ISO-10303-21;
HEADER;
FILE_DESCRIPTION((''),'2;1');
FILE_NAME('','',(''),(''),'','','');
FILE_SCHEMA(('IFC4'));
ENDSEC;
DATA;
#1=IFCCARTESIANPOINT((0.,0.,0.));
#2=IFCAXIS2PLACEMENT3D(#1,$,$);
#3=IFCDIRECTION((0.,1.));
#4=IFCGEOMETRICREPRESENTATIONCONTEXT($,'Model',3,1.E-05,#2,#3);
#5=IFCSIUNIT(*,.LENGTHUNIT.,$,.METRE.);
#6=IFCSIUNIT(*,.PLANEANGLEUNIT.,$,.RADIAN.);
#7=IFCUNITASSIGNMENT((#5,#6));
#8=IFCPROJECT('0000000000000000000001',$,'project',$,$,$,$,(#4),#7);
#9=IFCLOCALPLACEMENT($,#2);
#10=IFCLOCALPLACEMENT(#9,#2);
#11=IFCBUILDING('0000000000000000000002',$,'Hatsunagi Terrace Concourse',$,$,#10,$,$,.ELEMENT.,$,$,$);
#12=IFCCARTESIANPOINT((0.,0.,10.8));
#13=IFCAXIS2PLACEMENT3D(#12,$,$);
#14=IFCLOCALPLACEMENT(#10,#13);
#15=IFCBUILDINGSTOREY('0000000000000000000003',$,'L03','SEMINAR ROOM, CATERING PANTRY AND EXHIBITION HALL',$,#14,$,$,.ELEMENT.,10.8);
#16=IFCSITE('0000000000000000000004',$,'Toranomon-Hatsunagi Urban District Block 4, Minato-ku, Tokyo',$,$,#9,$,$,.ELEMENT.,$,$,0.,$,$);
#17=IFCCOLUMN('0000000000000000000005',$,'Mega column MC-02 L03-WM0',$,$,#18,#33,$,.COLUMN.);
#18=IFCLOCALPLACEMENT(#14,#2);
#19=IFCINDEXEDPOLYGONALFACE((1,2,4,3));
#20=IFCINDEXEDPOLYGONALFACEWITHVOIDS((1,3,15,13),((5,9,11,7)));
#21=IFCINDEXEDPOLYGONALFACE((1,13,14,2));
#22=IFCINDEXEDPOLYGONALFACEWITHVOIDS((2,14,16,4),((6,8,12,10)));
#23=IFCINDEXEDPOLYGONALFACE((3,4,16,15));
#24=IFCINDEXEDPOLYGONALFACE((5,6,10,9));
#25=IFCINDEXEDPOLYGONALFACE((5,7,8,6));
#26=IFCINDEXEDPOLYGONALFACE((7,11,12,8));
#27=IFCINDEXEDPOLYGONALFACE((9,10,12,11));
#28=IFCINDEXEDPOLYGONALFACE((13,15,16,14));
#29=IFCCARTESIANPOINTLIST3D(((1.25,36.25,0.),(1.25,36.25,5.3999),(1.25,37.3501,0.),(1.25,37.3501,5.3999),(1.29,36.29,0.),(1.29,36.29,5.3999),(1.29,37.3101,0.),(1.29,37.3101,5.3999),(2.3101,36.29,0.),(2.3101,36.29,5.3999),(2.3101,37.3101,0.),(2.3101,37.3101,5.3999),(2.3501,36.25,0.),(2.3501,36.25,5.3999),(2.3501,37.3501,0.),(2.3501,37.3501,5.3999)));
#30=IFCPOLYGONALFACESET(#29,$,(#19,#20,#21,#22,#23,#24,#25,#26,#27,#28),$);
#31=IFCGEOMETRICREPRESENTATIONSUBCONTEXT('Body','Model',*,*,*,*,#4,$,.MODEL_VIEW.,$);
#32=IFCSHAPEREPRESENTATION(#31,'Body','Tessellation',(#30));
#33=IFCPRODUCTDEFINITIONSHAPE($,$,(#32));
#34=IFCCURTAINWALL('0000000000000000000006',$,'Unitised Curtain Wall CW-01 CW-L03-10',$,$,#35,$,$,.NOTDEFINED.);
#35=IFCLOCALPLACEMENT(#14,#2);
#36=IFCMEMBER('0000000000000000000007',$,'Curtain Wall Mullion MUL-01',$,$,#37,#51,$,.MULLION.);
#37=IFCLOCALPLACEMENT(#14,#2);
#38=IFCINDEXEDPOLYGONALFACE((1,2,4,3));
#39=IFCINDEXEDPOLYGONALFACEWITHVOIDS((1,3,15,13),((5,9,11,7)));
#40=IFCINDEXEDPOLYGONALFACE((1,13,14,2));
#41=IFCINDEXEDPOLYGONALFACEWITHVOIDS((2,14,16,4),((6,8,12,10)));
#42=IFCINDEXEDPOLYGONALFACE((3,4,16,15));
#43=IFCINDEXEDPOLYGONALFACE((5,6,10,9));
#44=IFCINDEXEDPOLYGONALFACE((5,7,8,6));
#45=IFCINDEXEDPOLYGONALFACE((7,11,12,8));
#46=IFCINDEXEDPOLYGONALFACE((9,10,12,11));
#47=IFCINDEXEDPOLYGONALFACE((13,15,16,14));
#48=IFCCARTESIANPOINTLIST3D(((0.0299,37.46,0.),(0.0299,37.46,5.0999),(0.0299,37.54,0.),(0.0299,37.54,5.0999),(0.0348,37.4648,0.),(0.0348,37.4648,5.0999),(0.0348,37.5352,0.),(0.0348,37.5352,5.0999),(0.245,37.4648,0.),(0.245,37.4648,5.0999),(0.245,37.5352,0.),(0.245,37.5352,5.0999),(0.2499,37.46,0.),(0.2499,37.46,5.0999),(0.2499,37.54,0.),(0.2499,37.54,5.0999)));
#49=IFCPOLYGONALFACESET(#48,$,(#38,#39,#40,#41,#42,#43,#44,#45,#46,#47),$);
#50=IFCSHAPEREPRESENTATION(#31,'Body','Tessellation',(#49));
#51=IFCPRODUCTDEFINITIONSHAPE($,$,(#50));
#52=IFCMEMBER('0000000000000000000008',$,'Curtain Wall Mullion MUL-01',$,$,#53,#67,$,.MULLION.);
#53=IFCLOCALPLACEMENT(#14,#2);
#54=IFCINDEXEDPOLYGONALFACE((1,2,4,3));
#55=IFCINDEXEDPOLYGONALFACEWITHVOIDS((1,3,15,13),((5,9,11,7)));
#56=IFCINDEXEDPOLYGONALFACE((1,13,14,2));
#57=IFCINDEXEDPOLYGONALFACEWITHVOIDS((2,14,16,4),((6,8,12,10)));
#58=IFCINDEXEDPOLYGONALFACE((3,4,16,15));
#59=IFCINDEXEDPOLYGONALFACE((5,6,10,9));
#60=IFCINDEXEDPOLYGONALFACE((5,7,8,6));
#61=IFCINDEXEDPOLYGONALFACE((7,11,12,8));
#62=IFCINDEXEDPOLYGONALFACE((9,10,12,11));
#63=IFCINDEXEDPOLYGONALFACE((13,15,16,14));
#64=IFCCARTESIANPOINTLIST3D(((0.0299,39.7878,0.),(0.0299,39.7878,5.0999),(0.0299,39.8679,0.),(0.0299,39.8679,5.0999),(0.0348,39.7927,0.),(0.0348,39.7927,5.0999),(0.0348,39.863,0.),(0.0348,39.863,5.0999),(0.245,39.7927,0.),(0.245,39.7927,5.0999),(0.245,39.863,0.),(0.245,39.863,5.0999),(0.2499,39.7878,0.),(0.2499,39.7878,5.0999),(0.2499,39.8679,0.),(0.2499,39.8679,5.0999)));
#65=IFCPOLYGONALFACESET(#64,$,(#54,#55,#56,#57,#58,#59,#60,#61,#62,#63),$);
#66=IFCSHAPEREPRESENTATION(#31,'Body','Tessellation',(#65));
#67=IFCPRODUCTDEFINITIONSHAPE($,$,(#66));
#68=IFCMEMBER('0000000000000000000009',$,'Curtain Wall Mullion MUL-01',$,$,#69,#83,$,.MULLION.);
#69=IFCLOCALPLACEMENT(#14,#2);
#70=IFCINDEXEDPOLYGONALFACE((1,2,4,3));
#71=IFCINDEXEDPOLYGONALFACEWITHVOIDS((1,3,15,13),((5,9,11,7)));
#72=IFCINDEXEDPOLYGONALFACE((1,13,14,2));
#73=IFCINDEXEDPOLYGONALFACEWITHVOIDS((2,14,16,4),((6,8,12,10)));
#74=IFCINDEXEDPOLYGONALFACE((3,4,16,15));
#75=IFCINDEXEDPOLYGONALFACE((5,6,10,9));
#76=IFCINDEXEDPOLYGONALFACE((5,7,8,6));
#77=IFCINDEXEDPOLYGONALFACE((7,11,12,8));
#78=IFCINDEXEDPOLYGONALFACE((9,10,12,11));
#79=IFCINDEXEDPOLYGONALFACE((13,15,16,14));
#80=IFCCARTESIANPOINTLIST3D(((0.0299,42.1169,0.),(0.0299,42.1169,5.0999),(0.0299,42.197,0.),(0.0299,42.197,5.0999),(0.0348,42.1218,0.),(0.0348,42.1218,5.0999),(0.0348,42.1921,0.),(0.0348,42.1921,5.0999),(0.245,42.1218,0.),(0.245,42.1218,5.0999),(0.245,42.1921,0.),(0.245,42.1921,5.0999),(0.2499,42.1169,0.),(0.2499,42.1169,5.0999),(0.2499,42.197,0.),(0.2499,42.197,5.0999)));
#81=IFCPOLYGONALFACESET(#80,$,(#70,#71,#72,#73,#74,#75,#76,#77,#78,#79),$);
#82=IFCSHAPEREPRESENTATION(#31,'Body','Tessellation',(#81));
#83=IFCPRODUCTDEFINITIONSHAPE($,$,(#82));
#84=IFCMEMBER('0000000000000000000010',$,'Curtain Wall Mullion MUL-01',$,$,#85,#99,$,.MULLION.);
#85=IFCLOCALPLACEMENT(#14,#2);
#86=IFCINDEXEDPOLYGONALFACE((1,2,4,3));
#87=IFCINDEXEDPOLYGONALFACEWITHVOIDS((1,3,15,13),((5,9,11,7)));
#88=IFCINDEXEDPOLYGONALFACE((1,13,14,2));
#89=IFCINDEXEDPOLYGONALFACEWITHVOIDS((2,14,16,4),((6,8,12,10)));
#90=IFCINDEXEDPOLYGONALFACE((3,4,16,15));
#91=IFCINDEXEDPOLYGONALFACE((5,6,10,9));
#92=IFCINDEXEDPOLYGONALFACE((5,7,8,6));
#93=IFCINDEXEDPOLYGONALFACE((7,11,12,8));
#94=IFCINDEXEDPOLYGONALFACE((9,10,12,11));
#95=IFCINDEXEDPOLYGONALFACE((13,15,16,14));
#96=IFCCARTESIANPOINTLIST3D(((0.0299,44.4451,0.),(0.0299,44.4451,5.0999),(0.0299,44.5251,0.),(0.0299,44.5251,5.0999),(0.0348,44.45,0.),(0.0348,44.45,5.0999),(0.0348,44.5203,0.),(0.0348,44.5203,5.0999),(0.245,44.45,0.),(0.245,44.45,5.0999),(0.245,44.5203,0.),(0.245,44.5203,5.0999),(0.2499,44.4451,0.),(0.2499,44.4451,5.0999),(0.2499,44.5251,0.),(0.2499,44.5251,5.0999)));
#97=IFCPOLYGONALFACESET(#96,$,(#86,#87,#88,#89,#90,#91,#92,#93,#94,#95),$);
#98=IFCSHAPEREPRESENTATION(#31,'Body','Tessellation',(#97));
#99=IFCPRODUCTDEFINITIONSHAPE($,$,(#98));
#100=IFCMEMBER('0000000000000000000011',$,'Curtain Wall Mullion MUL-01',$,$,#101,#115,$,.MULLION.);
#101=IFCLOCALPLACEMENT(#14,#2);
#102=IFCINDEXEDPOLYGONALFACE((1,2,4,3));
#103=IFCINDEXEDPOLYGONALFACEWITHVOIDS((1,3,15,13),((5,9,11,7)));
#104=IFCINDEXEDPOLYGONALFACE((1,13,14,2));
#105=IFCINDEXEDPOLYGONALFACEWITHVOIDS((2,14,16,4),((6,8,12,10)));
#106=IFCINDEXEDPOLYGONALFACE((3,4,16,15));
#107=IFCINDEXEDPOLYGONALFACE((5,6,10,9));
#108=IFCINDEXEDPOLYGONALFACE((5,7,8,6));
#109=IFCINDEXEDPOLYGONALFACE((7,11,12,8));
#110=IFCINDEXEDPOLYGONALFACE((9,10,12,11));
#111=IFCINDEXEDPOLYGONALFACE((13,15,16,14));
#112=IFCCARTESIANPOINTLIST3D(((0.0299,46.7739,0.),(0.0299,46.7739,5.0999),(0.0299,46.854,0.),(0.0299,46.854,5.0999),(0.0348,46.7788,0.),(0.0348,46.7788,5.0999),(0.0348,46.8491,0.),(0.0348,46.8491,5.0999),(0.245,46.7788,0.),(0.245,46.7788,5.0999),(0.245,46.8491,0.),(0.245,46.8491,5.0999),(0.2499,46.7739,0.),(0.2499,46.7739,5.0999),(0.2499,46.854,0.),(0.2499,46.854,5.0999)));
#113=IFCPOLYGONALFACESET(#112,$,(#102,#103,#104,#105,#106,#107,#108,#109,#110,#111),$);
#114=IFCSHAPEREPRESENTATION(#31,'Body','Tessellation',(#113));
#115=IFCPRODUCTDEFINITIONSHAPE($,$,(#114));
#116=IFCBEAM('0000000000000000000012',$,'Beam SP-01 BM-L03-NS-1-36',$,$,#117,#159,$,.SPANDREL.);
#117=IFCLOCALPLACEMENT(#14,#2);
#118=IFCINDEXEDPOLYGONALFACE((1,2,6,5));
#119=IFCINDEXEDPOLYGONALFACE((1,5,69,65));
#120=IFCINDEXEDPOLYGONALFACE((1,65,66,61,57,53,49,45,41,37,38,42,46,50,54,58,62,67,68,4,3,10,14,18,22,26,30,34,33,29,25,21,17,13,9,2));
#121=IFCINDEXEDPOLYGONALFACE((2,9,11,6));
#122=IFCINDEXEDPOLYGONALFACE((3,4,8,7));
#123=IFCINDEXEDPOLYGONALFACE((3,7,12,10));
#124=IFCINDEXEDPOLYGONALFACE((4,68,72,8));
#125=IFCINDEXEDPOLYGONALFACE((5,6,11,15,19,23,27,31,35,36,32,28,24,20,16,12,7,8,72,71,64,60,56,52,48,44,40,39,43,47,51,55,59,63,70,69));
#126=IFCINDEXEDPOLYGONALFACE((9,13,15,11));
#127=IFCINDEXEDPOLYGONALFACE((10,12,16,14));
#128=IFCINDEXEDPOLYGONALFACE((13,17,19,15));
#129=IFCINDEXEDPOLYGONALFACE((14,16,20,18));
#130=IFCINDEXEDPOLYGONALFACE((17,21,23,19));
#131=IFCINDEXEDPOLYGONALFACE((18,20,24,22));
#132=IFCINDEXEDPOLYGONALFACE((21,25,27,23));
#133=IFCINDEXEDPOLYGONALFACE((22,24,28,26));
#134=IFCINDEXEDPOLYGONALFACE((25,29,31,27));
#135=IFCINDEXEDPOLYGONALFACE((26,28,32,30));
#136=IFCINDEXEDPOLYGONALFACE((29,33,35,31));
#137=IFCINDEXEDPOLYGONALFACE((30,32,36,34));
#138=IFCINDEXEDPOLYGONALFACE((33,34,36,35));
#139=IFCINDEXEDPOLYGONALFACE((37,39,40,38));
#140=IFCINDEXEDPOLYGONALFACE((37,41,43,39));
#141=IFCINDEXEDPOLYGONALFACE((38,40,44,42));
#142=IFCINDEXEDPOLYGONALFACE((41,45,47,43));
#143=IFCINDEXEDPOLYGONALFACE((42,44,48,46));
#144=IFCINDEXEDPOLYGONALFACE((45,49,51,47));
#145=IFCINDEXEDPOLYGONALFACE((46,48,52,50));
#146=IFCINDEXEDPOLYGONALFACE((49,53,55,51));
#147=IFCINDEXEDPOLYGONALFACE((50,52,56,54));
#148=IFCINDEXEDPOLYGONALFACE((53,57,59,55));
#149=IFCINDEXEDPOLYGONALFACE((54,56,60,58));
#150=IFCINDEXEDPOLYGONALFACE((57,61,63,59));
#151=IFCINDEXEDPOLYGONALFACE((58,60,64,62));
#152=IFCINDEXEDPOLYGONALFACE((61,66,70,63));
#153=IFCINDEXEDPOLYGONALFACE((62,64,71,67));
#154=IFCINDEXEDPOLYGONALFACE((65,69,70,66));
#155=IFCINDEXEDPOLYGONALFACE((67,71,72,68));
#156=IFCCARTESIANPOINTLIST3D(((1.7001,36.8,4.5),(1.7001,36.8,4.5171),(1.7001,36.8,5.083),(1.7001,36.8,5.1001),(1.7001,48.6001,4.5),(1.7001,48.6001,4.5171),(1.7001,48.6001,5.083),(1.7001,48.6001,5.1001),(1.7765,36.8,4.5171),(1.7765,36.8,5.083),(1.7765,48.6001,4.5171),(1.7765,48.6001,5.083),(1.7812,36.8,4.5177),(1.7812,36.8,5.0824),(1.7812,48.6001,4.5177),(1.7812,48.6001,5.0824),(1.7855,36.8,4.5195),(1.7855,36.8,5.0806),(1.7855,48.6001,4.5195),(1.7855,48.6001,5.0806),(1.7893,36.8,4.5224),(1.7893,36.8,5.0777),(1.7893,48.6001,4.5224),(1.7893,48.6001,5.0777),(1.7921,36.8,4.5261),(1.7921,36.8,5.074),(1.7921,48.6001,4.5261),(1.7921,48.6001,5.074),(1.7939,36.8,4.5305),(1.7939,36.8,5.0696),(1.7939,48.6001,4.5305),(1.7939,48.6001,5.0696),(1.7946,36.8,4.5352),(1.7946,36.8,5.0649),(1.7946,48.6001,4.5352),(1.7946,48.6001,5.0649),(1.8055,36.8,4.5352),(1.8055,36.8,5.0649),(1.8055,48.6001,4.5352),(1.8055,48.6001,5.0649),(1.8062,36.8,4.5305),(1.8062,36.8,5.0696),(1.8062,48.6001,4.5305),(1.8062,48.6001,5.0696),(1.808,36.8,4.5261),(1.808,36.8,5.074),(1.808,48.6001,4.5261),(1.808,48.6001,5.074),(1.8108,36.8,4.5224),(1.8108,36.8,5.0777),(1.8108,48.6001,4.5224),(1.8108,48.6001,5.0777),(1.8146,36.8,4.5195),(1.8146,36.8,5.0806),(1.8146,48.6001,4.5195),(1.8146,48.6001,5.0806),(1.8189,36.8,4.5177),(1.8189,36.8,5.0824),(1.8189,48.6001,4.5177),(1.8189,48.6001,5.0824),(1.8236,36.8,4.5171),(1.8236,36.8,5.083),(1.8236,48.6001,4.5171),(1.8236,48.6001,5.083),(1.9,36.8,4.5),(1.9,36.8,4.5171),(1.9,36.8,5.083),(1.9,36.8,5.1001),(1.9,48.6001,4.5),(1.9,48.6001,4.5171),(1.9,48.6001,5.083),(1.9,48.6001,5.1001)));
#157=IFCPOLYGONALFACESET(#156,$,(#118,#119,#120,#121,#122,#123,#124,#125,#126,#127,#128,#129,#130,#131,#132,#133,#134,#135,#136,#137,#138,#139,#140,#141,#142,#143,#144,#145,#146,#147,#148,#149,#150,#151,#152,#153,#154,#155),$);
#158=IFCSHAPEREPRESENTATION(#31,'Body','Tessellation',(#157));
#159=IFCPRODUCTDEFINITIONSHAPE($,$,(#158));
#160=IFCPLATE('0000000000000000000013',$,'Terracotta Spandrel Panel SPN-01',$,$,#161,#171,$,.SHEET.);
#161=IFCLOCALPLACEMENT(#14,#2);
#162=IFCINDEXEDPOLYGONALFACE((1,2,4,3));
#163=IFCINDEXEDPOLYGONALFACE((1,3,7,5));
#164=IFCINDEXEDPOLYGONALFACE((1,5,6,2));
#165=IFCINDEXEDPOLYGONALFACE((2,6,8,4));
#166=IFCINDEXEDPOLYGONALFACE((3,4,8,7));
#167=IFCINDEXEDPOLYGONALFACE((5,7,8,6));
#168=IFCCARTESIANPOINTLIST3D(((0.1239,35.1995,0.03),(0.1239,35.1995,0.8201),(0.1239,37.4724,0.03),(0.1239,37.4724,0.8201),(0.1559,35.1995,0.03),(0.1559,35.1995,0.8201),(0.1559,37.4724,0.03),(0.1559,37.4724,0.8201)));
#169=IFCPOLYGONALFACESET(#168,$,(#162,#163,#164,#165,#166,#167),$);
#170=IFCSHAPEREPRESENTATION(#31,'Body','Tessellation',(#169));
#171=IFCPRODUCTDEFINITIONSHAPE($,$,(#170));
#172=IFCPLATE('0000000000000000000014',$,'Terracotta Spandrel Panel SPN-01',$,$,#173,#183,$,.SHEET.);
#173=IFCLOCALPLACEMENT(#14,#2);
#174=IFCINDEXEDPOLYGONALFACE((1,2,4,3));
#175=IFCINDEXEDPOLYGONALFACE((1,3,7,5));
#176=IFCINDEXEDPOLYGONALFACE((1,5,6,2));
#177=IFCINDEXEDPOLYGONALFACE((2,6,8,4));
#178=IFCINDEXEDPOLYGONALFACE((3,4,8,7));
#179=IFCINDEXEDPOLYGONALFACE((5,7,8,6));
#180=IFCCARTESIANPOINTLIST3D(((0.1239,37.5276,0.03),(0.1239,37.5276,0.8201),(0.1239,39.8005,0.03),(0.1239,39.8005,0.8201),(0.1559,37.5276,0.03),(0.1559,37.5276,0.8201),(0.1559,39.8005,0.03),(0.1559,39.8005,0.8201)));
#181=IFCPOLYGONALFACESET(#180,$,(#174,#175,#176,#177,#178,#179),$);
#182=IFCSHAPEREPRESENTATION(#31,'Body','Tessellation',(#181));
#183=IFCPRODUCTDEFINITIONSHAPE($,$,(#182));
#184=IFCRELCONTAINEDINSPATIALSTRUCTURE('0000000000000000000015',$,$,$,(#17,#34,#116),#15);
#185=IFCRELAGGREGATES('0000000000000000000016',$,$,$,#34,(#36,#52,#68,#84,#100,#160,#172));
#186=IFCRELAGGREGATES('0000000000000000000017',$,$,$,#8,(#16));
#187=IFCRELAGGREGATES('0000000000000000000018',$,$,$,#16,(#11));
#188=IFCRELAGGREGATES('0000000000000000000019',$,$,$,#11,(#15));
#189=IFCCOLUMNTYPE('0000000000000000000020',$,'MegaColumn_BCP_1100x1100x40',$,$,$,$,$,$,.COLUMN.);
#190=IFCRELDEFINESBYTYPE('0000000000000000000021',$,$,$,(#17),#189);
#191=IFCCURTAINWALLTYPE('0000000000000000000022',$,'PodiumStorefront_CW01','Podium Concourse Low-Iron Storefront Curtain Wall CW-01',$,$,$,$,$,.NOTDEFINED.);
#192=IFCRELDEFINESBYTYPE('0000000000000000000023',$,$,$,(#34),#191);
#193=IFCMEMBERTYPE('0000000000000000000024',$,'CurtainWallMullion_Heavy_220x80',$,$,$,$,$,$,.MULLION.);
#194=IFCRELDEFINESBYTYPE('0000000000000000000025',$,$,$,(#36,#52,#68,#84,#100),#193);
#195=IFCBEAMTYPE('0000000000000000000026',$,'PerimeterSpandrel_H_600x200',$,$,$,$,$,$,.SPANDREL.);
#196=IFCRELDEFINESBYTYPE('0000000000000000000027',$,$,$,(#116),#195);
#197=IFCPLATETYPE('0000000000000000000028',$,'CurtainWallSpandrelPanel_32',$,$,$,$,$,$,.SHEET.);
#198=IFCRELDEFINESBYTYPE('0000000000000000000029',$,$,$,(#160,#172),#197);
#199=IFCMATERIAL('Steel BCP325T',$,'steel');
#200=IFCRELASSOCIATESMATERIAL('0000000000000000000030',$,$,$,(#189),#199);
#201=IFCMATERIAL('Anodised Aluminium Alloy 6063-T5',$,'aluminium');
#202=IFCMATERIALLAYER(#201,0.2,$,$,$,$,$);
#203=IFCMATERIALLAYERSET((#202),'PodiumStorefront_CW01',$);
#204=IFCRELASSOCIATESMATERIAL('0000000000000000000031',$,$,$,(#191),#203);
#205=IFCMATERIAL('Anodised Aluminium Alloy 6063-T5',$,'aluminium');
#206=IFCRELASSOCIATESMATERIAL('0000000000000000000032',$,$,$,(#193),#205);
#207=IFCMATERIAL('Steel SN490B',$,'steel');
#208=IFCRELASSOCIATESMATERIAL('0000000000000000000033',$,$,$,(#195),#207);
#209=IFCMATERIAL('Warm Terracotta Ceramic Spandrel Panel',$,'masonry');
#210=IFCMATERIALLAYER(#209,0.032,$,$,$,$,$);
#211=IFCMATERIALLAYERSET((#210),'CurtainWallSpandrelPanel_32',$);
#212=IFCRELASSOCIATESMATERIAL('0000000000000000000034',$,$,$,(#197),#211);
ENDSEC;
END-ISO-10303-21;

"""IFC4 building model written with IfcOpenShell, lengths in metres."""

from ifc_helpers import new_model, si_unit, direction, frame, origin, origin_2d, place, context, subcontext, project, spatial, rectangle, hollow_rectangle, i_section, extrude, material, layer, layer_set, material_profile, profile_set, type_object, element, aggregate, save


model = new_model("IFC4")

# Units and contexts
model_context = context("Model", 3, precision=1e-05, world=origin(), true_north=direction((0.0, 1.0)))
body_context = subcontext(model_context, "Body", "Model", "MODEL_VIEW")
ifc_project = project(units=[si_unit("LENGTHUNIT", "METRE"), si_unit("PLANEANGLEUNIT", "RADIAN")], contexts=[model_context])

# Site, building, storey
site_placement = place(None, origin())
site = spatial("IfcSite", under=ifc_project, at=site_placement, Name="Toranomon-Hatsunagi Urban District Block 4, Minato-ku, Tokyo", CompositionType="ELEMENT", RefElevation=0.0)
building_placement = place(site_placement, origin())
building = spatial("IfcBuilding", under=site, at=building_placement, Name="Hatsunagi Terrace Concourse", CompositionType="ELEMENT")
storey_placement = place(building_placement, frame((0.0, 0.0, 10.8)))
storey = spatial("IfcBuildingStorey", under=building, at=storey_placement, Name="L03", Description="SEMINAR ROOM, CATERING PANTRY AND EXHIBITION HALL", CompositionType="ELEMENT", Elevation=10.8)

# Column
ifc_material_1 = material(Name="Steel BCP325T", Category="steel")
ifc_material_profile_1 = material_profile(ifc_material_1, hollow_rectangle(XDim=1.1001, YDim=1.1001, WallThickness=0.04, at=origin_2d()), Name="BCP-1100x1100x40")
ifc_profile_set_1 = profile_set([ifc_material_profile_1], Name="Steel BCP325T")
column_type = type_object("IfcColumnType", Name="MegaColumn_BCP_1100x1100x40", PredefinedType="COLUMN", material=ifc_profile_set_1)
column_placement = place(storey_placement, frame((1.8, 36.8, 0.0), z_axis=(0.0, 0.0, 1.0), x_axis=(1.0, 0.0, 0.0)))
element("IfcColumn", 1, at=column_placement, inside=storey, type_object=column_type, Name="Mega column MC-02 L03-WM0", PredefinedType="COLUMN", context=body_context, shape_type="SweptSolid", body=[
    extrude(hollow_rectangle(XDim=1.1001, YDim=1.1001, WallThickness=0.04, at=origin_2d()), origin(), (0.0, 0.0, 1.0), 5.3999),
])

# Curtain wall, members
ifc_material_2 = material(Name="Anodised Aluminium Alloy 6063-T5", Category="aluminium")
ifc_layer_1 = layer(ifc_material_2, 0.2)
ifc_layer_set_1 = layer_set([ifc_layer_1], Name="PodiumStorefront_CW01")
curtain_wall_type = type_object("IfcCurtainWallType", Name="PodiumStorefront_CW01", Description="Podium Concourse Low-Iron Storefront Curtain Wall CW-01", PredefinedType="NOTDEFINED", material=ifc_layer_set_1)
curtain_wall_placement = place(storey_placement, origin())
curtain_wall = element("IfcCurtainWall", 2, at=curtain_wall_placement, inside=storey, type_object=curtain_wall_type, Name="Unitised Curtain Wall CW-01 CW-L03-10", PredefinedType="NOTDEFINED")
ifc_material_3 = material(Name="Anodised Aluminium Alloy 6063-T5", Category="aluminium")
ifc_material_profile_2 = material_profile(ifc_material_3, hollow_rectangle(XDim=0.0801, YDim=0.22, WallThickness=0.0049, at=origin_2d()), Name="ALU-MUL-220x80x5")
ifc_profile_set_2 = profile_set([ifc_material_profile_2], Name="Anodised Aluminium Alloy 6063-T5")
member_type = type_object("IfcMemberType", Name="CurtainWallMullion_Heavy_220x80", PredefinedType="MULLION", material=ifc_profile_set_2)
member_1_placement = place(storey_placement, frame((0.1399, 37.5, 0.0), z_axis=(0.0, 0.0, 1.0), x_axis=(0.0, 1.0, 0.0)))
member_1 = element("IfcMember", 3, at=member_1_placement, type_object=member_type, Name="Curtain Wall Mullion MUL-01", PredefinedType="MULLION", context=body_context, shape_type="SweptSolid", body=[
    extrude(hollow_rectangle(XDim=0.0801, YDim=0.22, WallThickness=0.0049, at=origin_2d()), origin(), (0.0, 0.0, 1.0), 5.0999),
])
member_2_placement = place(storey_placement, frame((0.1399, 39.8279, 0.0), z_axis=(0.0, 0.0, 1.0), x_axis=(0.0, 1.0, 0.0)))
member_2 = element("IfcMember", 4, at=member_2_placement, type_object=member_type, Name="Curtain Wall Mullion MUL-01", PredefinedType="MULLION", context=body_context, shape_type="SweptSolid", body=[
    extrude(hollow_rectangle(XDim=0.0801, YDim=0.22, WallThickness=0.0049, at=origin_2d()), origin(), (0.0, 0.0, 1.0), 5.0999),
])
member_3_placement = place(storey_placement, frame((0.1399, 42.157, 0.0), z_axis=(0.0, 0.0, 1.0), x_axis=(0.0, 1.0, 0.0)))
member_3 = element("IfcMember", 5, at=member_3_placement, type_object=member_type, Name="Curtain Wall Mullion MUL-01", PredefinedType="MULLION", context=body_context, shape_type="SweptSolid", body=[
    extrude(hollow_rectangle(XDim=0.0801, YDim=0.22, WallThickness=0.0049, at=origin_2d()), origin(), (0.0, 0.0, 1.0), 5.0999),
])
member_4_placement = place(storey_placement, frame((0.1399, 44.4851, 0.0), z_axis=(0.0, 0.0, 1.0), x_axis=(0.0, 1.0, 0.0)))
member_4 = element("IfcMember", 6, at=member_4_placement, type_object=member_type, Name="Curtain Wall Mullion MUL-01", PredefinedType="MULLION", context=body_context, shape_type="SweptSolid", body=[
    extrude(hollow_rectangle(XDim=0.0801, YDim=0.22, WallThickness=0.0049, at=origin_2d()), origin(), (0.0, 0.0, 1.0), 5.0999),
])
member_5_placement = place(storey_placement, frame((0.1399, 46.814, 0.0), z_axis=(0.0, 0.0, 1.0), x_axis=(0.0, 1.0, 0.0)))
member_5 = element("IfcMember", 7, at=member_5_placement, type_object=member_type, Name="Curtain Wall Mullion MUL-01", PredefinedType="MULLION", context=body_context, shape_type="SweptSolid", body=[
    extrude(hollow_rectangle(XDim=0.0801, YDim=0.22, WallThickness=0.0049, at=origin_2d()), origin(), (0.0, 0.0, 1.0), 5.0999),
])

# Beam
ifc_material_4 = material(Name="Steel SN490B", Category="steel")
ifc_material_profile_3 = material_profile(ifc_material_4, i_section(OverallWidth=0.2, OverallDepth=0.6001, WebThickness=0.011, FlangeThickness=0.0171, FilletRadius=0.0181, at=origin_2d()), Name="H-600x200x11x17")
ifc_profile_set_3 = profile_set([ifc_material_profile_3], Name="Steel SN490B")
beam_type = type_object("IfcBeamType", Name="PerimeterSpandrel_H_600x200", PredefinedType="SPANDREL", material=ifc_profile_set_3)
beam_placement = place(storey_placement, frame((1.8, 36.8, 4.8), z_axis=(0.0, 1.0, 0.0), x_axis=(-1.0, 0.0, 0.0)))
element("IfcBeam", 8, at=beam_placement, inside=storey, type_object=beam_type, Name="Beam SP-01 BM-L03-NS-1-36", PredefinedType="SPANDREL", context=body_context, shape_type="SweptSolid", body=[
    extrude(i_section(OverallWidth=0.2, OverallDepth=0.6001, WebThickness=0.011, FlangeThickness=0.0171, FilletRadius=0.0181, at=origin_2d()), origin(), (0.0, 0.0, 1.0), 11.8),
])

# Plates
ifc_material_5 = material(Name="Warm Terracotta Ceramic Spandrel Panel", Category="masonry")
ifc_layer_2 = layer(ifc_material_5, 0.032)
ifc_layer_set_2 = layer_set([ifc_layer_2], Name="CurtainWallSpandrelPanel_32")
plate_type_1 = type_object("IfcPlateType", Name="CurtainWallSpandrelPanel_32", PredefinedType="SHEET", material=ifc_layer_set_2)
plate_1_placement = place(storey_placement, frame((0.1399, 36.3359, 0.03), z_axis=(0.0, 0.0, 1.0), x_axis=(0.0, 1.0, 0.0)))
plate_1 = element("IfcPlate", 9, at=plate_1_placement, type_object=plate_type_1, Name="Terracotta Spandrel Panel SPN-01", PredefinedType="SHEET", context=body_context, shape_type="SweptSolid", body=[
    extrude(rectangle(XDim=2.2729, YDim=0.032, at=origin_2d()), origin(), (0.0, 0.0, 1.0), 0.79),
])
plate_2_placement = place(storey_placement, frame((0.1399, 38.6641, 0.03), z_axis=(0.0, 0.0, 1.0), x_axis=(0.0, 1.0, 0.0)))
plate_2 = element("IfcPlate", 10, at=plate_2_placement, type_object=plate_type_1, Name="Terracotta Spandrel Panel SPN-01", PredefinedType="SHEET", context=body_context, shape_type="SweptSolid", body=[
    extrude(rectangle(XDim=2.2729, YDim=0.032, at=origin_2d()), origin(), (0.0, 0.0, 1.0), 0.79),
])
aggregate(curtain_wall, [member_1, member_2, member_3, member_4, member_5, plate_1, plate_2])

save(model, "model.ifc")
